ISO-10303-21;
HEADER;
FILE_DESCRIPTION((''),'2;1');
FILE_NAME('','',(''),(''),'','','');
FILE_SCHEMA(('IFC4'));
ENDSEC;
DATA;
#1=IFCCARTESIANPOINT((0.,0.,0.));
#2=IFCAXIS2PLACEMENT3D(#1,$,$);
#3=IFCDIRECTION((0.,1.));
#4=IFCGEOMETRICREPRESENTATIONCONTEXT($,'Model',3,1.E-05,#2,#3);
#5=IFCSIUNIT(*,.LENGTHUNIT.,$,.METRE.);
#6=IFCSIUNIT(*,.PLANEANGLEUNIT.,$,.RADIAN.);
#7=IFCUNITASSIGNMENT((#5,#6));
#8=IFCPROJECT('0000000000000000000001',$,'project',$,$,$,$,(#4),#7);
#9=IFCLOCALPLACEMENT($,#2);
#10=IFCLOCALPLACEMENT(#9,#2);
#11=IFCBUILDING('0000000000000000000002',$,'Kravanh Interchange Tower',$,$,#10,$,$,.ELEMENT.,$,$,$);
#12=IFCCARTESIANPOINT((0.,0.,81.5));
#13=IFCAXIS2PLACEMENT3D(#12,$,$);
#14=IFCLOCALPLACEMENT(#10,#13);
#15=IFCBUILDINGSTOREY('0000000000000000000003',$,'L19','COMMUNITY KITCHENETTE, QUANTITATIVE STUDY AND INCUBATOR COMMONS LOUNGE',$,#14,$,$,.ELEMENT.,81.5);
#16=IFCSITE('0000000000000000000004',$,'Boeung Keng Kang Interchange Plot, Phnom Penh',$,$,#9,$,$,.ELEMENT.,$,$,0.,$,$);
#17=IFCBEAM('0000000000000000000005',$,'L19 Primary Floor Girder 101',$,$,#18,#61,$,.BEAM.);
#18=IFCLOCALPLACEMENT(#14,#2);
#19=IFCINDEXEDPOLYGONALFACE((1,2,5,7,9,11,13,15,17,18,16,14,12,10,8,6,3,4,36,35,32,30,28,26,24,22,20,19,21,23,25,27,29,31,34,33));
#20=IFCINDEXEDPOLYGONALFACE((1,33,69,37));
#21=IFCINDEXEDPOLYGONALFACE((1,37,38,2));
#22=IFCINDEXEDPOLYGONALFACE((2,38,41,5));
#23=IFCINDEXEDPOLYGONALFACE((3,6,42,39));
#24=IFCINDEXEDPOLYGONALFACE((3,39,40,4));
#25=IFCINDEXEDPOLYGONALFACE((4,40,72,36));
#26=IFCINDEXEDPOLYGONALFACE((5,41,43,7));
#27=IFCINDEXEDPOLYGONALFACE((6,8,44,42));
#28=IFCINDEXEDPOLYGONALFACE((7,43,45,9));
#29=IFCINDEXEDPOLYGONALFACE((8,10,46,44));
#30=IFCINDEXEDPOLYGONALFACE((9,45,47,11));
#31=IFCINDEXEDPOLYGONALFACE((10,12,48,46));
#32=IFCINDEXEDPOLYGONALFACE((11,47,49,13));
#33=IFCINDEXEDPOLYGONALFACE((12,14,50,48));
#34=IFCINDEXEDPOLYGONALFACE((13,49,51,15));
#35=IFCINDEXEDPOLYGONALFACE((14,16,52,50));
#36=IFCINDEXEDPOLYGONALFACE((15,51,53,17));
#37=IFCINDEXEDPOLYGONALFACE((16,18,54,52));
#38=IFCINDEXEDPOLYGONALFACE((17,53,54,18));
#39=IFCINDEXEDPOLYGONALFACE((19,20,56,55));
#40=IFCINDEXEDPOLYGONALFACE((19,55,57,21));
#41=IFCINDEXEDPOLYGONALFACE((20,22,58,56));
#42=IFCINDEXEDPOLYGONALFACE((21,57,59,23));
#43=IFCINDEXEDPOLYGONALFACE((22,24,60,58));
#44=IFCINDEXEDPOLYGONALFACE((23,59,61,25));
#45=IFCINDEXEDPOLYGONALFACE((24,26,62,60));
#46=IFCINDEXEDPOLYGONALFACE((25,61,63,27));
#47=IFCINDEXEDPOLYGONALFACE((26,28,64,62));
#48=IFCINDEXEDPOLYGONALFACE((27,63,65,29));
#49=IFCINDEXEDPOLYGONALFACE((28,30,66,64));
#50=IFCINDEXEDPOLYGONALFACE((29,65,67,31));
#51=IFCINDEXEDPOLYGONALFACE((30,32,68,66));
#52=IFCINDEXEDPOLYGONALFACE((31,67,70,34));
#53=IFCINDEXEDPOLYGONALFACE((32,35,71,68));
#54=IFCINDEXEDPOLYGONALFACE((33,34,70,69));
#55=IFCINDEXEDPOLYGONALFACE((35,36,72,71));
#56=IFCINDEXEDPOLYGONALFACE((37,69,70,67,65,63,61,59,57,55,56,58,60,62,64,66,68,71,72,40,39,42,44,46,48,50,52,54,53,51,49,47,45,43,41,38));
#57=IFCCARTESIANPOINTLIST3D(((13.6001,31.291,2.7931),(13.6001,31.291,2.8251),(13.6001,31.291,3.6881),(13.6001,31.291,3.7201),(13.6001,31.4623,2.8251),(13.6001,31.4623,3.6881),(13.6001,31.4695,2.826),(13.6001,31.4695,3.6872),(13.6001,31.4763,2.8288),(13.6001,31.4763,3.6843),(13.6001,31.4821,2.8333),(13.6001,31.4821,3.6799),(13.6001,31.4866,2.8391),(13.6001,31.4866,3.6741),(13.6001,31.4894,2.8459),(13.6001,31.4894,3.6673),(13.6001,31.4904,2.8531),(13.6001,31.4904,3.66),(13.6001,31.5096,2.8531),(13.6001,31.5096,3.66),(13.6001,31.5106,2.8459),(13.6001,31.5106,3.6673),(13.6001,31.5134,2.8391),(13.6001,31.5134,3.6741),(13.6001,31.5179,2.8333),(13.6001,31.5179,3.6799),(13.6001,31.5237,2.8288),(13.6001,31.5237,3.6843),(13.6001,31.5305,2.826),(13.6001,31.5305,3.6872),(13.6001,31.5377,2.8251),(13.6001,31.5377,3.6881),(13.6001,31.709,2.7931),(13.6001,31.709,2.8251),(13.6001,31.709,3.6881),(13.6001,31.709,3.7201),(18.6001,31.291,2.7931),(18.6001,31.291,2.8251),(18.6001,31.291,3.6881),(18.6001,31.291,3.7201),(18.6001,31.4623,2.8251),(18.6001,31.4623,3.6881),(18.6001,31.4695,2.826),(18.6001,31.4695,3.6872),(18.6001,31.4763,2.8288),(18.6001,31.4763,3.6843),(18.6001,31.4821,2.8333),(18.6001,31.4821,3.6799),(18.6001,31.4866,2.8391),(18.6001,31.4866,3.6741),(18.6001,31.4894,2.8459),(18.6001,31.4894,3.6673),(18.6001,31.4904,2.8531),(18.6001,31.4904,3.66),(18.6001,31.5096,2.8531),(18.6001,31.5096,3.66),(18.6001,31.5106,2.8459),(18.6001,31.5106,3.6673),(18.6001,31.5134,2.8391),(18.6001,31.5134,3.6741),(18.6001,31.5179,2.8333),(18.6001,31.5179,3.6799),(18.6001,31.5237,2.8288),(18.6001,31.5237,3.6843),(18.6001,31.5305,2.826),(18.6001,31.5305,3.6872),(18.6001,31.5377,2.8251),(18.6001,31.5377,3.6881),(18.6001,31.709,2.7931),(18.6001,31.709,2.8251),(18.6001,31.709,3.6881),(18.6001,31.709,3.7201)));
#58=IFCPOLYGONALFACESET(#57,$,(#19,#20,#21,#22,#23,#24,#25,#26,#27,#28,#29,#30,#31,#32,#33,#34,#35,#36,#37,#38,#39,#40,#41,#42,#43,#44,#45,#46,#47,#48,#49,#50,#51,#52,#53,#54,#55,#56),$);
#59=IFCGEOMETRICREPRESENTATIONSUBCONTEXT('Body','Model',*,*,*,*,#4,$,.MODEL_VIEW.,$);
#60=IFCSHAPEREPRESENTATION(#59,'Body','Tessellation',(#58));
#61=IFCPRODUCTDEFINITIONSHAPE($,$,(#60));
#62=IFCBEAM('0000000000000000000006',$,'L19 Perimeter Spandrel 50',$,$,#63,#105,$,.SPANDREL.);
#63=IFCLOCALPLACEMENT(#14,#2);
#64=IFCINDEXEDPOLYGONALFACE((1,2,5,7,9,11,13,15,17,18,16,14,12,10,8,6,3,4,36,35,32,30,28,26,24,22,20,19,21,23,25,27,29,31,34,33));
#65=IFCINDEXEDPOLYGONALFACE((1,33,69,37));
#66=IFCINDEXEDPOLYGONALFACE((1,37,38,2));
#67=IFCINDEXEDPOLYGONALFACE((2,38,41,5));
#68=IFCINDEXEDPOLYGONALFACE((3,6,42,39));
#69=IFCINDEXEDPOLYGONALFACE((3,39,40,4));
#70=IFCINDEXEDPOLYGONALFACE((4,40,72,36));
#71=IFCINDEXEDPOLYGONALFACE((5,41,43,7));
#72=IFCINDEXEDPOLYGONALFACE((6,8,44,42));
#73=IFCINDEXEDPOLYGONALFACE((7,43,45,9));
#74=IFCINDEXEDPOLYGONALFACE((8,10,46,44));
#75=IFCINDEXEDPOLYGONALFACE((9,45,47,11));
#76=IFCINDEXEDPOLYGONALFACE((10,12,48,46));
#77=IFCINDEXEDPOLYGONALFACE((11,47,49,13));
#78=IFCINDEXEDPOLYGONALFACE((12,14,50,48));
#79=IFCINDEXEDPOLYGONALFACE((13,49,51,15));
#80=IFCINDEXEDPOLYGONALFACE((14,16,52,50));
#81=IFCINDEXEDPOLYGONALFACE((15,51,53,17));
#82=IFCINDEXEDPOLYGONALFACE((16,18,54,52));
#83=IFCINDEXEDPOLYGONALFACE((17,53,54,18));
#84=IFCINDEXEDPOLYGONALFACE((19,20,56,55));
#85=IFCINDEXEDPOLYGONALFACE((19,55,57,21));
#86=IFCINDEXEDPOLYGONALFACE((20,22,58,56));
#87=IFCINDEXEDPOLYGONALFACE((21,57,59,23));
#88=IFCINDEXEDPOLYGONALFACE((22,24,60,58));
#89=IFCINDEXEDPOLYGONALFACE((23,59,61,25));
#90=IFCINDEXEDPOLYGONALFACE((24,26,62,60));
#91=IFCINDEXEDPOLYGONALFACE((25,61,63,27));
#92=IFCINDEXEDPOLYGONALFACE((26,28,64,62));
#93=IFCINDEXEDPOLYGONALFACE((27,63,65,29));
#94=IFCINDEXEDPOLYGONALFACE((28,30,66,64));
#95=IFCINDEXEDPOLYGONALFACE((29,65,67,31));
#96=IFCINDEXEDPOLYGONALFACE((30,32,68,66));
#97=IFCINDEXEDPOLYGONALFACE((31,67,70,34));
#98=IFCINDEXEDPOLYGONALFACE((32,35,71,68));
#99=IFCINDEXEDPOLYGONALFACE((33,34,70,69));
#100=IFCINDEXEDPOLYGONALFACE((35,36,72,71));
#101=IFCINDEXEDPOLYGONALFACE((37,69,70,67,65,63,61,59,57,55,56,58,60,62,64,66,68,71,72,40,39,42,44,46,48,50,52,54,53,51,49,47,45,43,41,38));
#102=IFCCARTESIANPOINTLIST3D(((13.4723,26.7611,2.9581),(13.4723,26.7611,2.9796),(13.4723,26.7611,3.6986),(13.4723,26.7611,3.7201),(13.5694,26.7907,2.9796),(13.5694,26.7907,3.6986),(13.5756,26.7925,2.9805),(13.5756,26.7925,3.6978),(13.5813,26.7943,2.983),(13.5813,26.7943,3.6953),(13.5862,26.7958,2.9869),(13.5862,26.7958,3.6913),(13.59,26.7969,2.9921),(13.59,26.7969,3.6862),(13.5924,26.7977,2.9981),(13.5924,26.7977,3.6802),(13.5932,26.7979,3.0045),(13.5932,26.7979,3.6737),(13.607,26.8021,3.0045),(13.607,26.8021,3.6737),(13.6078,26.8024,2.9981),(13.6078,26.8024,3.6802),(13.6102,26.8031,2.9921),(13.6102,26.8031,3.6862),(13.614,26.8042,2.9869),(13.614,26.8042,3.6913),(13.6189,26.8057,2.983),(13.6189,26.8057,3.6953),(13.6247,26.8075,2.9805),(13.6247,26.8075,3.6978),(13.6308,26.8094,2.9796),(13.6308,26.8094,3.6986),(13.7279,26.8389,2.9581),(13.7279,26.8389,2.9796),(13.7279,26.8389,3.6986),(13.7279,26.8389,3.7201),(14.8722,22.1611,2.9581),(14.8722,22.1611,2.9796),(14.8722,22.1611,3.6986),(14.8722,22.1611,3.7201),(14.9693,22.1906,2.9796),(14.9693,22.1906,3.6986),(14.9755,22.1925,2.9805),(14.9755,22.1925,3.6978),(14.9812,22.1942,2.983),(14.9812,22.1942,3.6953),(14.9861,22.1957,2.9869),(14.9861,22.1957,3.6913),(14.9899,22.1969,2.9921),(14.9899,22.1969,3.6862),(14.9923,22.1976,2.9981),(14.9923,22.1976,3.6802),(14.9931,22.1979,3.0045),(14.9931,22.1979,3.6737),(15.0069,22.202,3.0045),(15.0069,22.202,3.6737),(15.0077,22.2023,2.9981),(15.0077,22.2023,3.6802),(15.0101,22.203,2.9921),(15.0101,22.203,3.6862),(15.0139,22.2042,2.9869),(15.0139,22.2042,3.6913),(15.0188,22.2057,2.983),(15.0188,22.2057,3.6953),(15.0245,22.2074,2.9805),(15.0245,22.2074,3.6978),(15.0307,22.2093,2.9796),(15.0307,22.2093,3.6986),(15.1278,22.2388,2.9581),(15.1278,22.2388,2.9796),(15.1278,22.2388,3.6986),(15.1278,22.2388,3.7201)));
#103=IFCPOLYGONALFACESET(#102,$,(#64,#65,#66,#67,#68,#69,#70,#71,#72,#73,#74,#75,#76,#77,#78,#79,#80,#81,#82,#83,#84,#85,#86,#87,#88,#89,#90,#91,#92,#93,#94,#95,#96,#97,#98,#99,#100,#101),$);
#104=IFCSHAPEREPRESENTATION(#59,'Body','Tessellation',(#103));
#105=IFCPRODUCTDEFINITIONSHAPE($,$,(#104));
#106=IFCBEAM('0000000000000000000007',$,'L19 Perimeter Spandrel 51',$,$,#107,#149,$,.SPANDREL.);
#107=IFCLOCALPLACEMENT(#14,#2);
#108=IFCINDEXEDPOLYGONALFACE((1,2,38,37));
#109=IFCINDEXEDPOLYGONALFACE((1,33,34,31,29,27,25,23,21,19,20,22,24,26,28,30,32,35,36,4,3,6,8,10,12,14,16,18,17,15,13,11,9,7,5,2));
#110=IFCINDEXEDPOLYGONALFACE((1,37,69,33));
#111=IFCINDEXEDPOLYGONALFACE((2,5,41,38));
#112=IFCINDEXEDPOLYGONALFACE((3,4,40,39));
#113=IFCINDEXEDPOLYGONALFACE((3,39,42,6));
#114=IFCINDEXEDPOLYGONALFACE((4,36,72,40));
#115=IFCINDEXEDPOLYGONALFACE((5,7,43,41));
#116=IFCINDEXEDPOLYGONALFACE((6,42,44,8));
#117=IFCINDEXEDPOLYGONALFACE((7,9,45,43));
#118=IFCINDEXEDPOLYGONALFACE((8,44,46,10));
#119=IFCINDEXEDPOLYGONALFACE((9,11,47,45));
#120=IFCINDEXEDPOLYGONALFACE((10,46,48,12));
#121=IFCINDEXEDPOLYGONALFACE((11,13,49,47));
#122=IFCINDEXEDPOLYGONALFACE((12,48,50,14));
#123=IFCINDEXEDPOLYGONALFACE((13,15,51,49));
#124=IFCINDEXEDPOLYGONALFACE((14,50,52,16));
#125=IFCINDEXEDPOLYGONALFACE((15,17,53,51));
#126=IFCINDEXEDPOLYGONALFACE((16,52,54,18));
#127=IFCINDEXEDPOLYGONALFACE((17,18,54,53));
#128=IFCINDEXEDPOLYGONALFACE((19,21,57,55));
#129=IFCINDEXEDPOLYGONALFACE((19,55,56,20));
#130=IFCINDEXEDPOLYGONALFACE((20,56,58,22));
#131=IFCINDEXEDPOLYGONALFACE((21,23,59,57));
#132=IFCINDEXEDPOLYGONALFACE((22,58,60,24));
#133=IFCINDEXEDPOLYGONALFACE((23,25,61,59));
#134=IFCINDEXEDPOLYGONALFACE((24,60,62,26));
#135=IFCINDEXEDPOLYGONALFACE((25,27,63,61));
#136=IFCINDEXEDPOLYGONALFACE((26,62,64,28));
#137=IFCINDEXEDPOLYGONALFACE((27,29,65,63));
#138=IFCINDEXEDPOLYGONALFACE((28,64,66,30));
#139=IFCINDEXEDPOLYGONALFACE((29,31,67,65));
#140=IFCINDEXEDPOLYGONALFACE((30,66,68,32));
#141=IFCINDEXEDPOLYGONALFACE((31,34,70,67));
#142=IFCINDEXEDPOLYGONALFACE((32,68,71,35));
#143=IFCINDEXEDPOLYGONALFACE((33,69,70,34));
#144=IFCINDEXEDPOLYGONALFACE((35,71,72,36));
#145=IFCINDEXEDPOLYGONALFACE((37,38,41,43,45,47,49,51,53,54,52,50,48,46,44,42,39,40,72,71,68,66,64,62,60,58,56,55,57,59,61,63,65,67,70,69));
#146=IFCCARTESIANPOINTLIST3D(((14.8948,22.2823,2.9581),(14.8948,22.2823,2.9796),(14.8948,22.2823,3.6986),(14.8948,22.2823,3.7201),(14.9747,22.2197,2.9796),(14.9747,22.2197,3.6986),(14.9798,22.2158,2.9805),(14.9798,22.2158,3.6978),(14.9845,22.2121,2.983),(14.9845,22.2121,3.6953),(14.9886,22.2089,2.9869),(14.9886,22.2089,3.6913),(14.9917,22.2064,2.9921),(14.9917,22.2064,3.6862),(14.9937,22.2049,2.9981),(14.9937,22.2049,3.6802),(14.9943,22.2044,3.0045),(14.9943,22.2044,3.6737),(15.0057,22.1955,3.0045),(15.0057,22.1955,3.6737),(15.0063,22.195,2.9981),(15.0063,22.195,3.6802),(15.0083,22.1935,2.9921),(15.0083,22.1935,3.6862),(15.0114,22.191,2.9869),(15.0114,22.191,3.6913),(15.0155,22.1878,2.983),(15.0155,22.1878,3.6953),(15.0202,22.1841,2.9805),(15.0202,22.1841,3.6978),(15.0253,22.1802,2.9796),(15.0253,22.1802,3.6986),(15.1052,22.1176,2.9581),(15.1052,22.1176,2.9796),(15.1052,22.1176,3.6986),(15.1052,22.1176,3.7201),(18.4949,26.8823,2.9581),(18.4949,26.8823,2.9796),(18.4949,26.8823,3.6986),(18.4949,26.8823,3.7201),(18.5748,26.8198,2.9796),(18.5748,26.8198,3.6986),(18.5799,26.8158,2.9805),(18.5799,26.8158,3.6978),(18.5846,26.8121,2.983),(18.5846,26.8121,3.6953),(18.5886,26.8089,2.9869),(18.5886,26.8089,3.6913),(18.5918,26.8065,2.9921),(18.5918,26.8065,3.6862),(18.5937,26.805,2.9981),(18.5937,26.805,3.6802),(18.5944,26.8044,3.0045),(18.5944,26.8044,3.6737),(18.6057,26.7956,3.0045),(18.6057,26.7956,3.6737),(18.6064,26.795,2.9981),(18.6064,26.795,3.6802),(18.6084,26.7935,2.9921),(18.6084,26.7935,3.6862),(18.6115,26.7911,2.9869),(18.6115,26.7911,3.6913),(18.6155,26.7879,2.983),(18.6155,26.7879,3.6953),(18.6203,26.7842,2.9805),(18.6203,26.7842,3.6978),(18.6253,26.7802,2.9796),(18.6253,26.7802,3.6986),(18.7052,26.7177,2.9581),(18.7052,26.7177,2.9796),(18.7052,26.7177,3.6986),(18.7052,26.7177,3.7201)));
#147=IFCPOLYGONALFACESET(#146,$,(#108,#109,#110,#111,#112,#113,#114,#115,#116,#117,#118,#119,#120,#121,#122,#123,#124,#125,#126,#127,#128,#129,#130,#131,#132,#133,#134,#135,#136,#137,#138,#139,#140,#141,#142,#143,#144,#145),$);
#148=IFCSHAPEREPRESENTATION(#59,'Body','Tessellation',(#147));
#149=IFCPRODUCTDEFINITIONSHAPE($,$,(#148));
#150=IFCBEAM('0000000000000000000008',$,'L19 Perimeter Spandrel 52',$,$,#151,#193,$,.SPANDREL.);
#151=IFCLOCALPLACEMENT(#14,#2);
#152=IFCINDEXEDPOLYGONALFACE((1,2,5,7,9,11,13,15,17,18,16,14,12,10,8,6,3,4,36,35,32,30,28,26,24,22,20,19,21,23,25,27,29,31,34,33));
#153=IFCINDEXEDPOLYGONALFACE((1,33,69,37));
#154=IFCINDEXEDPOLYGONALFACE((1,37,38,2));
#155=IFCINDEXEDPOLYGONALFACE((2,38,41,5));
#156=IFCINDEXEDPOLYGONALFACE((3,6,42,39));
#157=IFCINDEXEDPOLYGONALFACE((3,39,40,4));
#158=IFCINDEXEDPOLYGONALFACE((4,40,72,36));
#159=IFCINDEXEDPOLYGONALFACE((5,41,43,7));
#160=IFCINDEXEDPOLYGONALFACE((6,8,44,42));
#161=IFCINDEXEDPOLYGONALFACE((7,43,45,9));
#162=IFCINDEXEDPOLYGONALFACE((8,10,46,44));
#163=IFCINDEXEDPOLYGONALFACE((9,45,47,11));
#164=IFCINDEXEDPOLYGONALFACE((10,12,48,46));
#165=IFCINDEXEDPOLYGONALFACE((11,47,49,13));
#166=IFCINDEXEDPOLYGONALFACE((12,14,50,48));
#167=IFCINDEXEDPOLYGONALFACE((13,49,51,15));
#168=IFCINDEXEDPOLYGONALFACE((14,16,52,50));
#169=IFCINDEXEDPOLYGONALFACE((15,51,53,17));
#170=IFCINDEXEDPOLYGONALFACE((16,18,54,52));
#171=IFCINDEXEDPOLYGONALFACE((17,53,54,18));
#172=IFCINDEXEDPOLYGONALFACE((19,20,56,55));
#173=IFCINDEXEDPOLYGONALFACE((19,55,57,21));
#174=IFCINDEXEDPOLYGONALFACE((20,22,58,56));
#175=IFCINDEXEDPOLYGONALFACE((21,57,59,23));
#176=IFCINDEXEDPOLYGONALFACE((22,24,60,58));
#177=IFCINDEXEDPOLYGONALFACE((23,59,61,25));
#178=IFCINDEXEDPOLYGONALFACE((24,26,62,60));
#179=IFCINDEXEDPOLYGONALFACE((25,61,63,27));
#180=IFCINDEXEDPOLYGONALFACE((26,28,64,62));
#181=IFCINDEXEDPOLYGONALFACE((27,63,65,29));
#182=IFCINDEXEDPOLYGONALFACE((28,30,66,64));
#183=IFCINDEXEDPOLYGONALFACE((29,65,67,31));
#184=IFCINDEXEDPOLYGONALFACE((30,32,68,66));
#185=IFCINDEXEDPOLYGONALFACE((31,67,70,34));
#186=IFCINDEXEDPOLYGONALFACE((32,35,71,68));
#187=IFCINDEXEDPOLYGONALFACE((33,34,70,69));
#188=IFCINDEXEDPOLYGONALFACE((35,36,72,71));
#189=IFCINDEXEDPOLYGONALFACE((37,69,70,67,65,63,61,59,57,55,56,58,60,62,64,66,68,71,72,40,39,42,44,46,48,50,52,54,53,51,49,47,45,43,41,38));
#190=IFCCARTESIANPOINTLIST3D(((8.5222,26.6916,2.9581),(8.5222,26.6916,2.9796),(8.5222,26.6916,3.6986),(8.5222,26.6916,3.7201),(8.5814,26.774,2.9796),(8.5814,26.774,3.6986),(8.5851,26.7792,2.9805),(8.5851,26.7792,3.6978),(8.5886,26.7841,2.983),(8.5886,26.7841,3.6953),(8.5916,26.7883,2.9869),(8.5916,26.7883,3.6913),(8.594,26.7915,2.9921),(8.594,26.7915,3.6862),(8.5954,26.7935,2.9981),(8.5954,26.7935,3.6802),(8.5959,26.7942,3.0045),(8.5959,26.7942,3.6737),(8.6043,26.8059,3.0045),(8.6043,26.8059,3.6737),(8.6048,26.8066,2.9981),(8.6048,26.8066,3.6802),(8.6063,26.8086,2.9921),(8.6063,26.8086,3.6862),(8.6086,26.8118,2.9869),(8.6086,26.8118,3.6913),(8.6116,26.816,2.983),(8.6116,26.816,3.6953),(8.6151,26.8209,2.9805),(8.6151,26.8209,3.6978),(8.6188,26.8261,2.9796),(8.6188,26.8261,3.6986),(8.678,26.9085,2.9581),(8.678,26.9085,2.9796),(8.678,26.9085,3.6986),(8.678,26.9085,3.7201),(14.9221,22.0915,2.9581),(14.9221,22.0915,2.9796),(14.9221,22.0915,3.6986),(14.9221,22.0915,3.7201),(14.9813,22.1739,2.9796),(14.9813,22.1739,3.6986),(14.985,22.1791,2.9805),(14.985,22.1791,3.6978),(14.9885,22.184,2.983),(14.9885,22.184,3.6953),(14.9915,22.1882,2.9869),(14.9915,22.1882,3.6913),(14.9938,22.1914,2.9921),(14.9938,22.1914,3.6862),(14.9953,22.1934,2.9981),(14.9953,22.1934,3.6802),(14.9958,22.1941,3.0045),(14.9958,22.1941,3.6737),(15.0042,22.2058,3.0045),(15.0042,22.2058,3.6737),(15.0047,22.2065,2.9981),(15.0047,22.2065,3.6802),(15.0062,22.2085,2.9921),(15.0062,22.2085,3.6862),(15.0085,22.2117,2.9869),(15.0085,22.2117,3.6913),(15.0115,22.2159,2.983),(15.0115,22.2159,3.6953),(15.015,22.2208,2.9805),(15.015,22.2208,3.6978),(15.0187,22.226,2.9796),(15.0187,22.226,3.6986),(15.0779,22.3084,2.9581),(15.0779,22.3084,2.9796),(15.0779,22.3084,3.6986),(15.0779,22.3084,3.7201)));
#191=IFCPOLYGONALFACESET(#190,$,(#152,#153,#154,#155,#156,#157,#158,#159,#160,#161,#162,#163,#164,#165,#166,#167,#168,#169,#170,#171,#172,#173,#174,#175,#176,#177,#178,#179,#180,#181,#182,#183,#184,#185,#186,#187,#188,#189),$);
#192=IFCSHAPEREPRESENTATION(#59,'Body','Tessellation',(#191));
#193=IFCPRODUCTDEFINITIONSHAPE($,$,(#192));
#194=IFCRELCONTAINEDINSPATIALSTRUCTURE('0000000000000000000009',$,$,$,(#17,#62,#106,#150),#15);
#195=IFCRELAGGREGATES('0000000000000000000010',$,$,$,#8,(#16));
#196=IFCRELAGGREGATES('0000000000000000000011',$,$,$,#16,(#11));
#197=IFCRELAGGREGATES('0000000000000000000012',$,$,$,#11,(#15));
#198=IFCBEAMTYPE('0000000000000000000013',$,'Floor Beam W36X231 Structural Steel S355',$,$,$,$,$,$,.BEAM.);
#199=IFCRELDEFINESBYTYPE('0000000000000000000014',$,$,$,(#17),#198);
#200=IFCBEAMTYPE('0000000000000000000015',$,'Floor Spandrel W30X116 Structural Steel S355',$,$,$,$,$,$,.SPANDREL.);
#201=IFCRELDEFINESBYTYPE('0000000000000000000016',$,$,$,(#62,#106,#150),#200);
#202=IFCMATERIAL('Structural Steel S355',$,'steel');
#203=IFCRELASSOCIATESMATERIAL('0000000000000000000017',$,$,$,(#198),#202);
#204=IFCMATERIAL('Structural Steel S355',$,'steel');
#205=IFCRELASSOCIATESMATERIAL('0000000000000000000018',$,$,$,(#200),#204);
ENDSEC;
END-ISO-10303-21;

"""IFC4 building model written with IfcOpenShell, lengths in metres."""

from ifc_helpers import new_model, si_unit, direction, frame, origin, origin_2d, place, context, subcontext, project, spatial, i_section, extrude, material, material_profile, profile_set, type_object, element, save


model = new_model("IFC4")

# Units and contexts
model_context = context("Model", 3, precision=1e-05, world=origin(), true_north=direction((0.0, 1.0)))
body_context = subcontext(model_context, "Body", "Model", "MODEL_VIEW")
ifc_project = project(units=[si_unit("LENGTHUNIT", "METRE"), si_unit("PLANEANGLEUNIT", "RADIAN")], contexts=[model_context])

# Site, building, storey
site_placement = place(None, origin())
site = spatial("IfcSite", under=ifc_project, at=site_placement, Name="Boeung Keng Kang Interchange Plot, Phnom Penh", CompositionType="ELEMENT", RefElevation=0.0)
building_placement = place(site_placement, origin())
building = spatial("IfcBuilding", under=site, at=building_placement, Name="Kravanh Interchange Tower", CompositionType="ELEMENT")
storey_placement = place(building_placement, frame((0.0, 0.0, 81.5)))
storey = spatial("IfcBuildingStorey", under=building, at=storey_placement, Name="L19", Description="COMMUNITY KITCHENETTE, QUANTITATIVE STUDY AND INCUBATOR COMMONS LOUNGE", CompositionType="ELEMENT", Elevation=81.5)

# Beams
ifc_material_1 = material(Name="Structural Steel S355", Category="steel")
ifc_material_profile_1 = material_profile(ifc_material_1, i_section(OverallWidth=0.418, OverallDepth=0.927, WebThickness=0.0193, FlangeThickness=0.032, FilletRadius=0.0281, at=origin_2d()), Name="W36X231")
ifc_profile_set_1 = profile_set([ifc_material_profile_1], Name="Structural Steel S355")
beam_type_1 = type_object("IfcBeamType", Name="Floor Beam W36X231 Structural Steel S355", PredefinedType="BEAM", material=ifc_profile_set_1)
for number, where, z_axis, x_axis, name in (
    (1, (13.6001, 31.5, 3.2566), (1.0, 0.0, 0.0), (0.0, 1.0, 0.0), "L19 Primary Floor Girder 101"),
):
    element("IfcBeam", number, at=place(storey_placement, frame(where, z_axis=z_axis, x_axis=x_axis)), inside=storey, type_object=beam_type_1, Name=name, PredefinedType="BEAM", context=body_context, shape_type="SweptSolid", body=[
        extrude(i_section(OverallWidth=0.418, OverallDepth=0.927, WebThickness=0.0193, FlangeThickness=0.032, FilletRadius=0.0281, at=origin_2d()), origin(), (0.0, 0.0, 1.0), 5.0),
    ])
ifc_material_2 = material(Name="Structural Steel S355", Category="steel")
ifc_material_profile_2 = material_profile(ifc_material_2, i_section(OverallWidth=0.2671, OverallDepth=0.762, WebThickness=0.0144, FlangeThickness=0.0215, FilletRadius=0.0249, at=origin_2d()), Name="W30X116")
ifc_profile_set_2 = profile_set([ifc_material_profile_2], Name="Structural Steel S355")
beam_type_2 = type_object("IfcBeamType", Name="Floor Spandrel W30X116 Structural Steel S355", PredefinedType="SPANDREL", material=ifc_profile_set_2)
beam_1_placement = place(storey_placement, frame((15.0, 22.2, 3.3391), z_axis=(-0.291137, 0.956681, 0.0), x_axis=(-0.956681, -0.291137, 0.0)))
element("IfcBeam", 2, at=beam_1_placement, inside=storey, type_object=beam_type_2, Name="L19 Perimeter Spandrel 50", PredefinedType="SPANDREL", context=body_context, shape_type="SweptSolid", body=[
    extrude(i_section(OverallWidth=0.2671, OverallDepth=0.762, WebThickness=0.0144, FlangeThickness=0.0215, FilletRadius=0.0249, at=origin_2d()), origin(), (0.0, 0.0, 1.0), 4.8083),
])
beam_2_placement = place(storey_placement, frame((15.0, 22.2, 3.3391), z_axis=(0.616311, 0.787503, 0.0), x_axis=(-0.787503, 0.616311, 0.0)))
element("IfcBeam", 3, at=beam_2_placement, inside=storey, type_object=beam_type_2, Name="L19 Perimeter Spandrel 51", PredefinedType="SPANDREL", context=body_context, shape_type="SweptSolid", body=[
    extrude(i_section(OverallWidth=0.2671, OverallDepth=0.762, WebThickness=0.0144, FlangeThickness=0.0215, FilletRadius=0.0249, at=origin_2d()), origin(), (0.0, 0.0, 1.0), 5.8413),
])
beam_3_placement = place(storey_placement, frame((15.0, 22.2, 3.3391), z_axis=(-0.812005, 0.58365, 0.0), x_axis=(-0.58365, -0.812005, 0.0)))
element("IfcBeam", 4, at=beam_3_placement, inside=storey, type_object=beam_type_2, Name="L19 Perimeter Spandrel 52", PredefinedType="SPANDREL", context=body_context, shape_type="SweptSolid", body=[
    extrude(i_section(OverallWidth=0.2671, OverallDepth=0.762, WebThickness=0.0144, FlangeThickness=0.0215, FilletRadius=0.0249, at=origin_2d()), origin(), (0.0, 0.0, 1.0), 7.8816),
])

save(model, "model.ifc")
